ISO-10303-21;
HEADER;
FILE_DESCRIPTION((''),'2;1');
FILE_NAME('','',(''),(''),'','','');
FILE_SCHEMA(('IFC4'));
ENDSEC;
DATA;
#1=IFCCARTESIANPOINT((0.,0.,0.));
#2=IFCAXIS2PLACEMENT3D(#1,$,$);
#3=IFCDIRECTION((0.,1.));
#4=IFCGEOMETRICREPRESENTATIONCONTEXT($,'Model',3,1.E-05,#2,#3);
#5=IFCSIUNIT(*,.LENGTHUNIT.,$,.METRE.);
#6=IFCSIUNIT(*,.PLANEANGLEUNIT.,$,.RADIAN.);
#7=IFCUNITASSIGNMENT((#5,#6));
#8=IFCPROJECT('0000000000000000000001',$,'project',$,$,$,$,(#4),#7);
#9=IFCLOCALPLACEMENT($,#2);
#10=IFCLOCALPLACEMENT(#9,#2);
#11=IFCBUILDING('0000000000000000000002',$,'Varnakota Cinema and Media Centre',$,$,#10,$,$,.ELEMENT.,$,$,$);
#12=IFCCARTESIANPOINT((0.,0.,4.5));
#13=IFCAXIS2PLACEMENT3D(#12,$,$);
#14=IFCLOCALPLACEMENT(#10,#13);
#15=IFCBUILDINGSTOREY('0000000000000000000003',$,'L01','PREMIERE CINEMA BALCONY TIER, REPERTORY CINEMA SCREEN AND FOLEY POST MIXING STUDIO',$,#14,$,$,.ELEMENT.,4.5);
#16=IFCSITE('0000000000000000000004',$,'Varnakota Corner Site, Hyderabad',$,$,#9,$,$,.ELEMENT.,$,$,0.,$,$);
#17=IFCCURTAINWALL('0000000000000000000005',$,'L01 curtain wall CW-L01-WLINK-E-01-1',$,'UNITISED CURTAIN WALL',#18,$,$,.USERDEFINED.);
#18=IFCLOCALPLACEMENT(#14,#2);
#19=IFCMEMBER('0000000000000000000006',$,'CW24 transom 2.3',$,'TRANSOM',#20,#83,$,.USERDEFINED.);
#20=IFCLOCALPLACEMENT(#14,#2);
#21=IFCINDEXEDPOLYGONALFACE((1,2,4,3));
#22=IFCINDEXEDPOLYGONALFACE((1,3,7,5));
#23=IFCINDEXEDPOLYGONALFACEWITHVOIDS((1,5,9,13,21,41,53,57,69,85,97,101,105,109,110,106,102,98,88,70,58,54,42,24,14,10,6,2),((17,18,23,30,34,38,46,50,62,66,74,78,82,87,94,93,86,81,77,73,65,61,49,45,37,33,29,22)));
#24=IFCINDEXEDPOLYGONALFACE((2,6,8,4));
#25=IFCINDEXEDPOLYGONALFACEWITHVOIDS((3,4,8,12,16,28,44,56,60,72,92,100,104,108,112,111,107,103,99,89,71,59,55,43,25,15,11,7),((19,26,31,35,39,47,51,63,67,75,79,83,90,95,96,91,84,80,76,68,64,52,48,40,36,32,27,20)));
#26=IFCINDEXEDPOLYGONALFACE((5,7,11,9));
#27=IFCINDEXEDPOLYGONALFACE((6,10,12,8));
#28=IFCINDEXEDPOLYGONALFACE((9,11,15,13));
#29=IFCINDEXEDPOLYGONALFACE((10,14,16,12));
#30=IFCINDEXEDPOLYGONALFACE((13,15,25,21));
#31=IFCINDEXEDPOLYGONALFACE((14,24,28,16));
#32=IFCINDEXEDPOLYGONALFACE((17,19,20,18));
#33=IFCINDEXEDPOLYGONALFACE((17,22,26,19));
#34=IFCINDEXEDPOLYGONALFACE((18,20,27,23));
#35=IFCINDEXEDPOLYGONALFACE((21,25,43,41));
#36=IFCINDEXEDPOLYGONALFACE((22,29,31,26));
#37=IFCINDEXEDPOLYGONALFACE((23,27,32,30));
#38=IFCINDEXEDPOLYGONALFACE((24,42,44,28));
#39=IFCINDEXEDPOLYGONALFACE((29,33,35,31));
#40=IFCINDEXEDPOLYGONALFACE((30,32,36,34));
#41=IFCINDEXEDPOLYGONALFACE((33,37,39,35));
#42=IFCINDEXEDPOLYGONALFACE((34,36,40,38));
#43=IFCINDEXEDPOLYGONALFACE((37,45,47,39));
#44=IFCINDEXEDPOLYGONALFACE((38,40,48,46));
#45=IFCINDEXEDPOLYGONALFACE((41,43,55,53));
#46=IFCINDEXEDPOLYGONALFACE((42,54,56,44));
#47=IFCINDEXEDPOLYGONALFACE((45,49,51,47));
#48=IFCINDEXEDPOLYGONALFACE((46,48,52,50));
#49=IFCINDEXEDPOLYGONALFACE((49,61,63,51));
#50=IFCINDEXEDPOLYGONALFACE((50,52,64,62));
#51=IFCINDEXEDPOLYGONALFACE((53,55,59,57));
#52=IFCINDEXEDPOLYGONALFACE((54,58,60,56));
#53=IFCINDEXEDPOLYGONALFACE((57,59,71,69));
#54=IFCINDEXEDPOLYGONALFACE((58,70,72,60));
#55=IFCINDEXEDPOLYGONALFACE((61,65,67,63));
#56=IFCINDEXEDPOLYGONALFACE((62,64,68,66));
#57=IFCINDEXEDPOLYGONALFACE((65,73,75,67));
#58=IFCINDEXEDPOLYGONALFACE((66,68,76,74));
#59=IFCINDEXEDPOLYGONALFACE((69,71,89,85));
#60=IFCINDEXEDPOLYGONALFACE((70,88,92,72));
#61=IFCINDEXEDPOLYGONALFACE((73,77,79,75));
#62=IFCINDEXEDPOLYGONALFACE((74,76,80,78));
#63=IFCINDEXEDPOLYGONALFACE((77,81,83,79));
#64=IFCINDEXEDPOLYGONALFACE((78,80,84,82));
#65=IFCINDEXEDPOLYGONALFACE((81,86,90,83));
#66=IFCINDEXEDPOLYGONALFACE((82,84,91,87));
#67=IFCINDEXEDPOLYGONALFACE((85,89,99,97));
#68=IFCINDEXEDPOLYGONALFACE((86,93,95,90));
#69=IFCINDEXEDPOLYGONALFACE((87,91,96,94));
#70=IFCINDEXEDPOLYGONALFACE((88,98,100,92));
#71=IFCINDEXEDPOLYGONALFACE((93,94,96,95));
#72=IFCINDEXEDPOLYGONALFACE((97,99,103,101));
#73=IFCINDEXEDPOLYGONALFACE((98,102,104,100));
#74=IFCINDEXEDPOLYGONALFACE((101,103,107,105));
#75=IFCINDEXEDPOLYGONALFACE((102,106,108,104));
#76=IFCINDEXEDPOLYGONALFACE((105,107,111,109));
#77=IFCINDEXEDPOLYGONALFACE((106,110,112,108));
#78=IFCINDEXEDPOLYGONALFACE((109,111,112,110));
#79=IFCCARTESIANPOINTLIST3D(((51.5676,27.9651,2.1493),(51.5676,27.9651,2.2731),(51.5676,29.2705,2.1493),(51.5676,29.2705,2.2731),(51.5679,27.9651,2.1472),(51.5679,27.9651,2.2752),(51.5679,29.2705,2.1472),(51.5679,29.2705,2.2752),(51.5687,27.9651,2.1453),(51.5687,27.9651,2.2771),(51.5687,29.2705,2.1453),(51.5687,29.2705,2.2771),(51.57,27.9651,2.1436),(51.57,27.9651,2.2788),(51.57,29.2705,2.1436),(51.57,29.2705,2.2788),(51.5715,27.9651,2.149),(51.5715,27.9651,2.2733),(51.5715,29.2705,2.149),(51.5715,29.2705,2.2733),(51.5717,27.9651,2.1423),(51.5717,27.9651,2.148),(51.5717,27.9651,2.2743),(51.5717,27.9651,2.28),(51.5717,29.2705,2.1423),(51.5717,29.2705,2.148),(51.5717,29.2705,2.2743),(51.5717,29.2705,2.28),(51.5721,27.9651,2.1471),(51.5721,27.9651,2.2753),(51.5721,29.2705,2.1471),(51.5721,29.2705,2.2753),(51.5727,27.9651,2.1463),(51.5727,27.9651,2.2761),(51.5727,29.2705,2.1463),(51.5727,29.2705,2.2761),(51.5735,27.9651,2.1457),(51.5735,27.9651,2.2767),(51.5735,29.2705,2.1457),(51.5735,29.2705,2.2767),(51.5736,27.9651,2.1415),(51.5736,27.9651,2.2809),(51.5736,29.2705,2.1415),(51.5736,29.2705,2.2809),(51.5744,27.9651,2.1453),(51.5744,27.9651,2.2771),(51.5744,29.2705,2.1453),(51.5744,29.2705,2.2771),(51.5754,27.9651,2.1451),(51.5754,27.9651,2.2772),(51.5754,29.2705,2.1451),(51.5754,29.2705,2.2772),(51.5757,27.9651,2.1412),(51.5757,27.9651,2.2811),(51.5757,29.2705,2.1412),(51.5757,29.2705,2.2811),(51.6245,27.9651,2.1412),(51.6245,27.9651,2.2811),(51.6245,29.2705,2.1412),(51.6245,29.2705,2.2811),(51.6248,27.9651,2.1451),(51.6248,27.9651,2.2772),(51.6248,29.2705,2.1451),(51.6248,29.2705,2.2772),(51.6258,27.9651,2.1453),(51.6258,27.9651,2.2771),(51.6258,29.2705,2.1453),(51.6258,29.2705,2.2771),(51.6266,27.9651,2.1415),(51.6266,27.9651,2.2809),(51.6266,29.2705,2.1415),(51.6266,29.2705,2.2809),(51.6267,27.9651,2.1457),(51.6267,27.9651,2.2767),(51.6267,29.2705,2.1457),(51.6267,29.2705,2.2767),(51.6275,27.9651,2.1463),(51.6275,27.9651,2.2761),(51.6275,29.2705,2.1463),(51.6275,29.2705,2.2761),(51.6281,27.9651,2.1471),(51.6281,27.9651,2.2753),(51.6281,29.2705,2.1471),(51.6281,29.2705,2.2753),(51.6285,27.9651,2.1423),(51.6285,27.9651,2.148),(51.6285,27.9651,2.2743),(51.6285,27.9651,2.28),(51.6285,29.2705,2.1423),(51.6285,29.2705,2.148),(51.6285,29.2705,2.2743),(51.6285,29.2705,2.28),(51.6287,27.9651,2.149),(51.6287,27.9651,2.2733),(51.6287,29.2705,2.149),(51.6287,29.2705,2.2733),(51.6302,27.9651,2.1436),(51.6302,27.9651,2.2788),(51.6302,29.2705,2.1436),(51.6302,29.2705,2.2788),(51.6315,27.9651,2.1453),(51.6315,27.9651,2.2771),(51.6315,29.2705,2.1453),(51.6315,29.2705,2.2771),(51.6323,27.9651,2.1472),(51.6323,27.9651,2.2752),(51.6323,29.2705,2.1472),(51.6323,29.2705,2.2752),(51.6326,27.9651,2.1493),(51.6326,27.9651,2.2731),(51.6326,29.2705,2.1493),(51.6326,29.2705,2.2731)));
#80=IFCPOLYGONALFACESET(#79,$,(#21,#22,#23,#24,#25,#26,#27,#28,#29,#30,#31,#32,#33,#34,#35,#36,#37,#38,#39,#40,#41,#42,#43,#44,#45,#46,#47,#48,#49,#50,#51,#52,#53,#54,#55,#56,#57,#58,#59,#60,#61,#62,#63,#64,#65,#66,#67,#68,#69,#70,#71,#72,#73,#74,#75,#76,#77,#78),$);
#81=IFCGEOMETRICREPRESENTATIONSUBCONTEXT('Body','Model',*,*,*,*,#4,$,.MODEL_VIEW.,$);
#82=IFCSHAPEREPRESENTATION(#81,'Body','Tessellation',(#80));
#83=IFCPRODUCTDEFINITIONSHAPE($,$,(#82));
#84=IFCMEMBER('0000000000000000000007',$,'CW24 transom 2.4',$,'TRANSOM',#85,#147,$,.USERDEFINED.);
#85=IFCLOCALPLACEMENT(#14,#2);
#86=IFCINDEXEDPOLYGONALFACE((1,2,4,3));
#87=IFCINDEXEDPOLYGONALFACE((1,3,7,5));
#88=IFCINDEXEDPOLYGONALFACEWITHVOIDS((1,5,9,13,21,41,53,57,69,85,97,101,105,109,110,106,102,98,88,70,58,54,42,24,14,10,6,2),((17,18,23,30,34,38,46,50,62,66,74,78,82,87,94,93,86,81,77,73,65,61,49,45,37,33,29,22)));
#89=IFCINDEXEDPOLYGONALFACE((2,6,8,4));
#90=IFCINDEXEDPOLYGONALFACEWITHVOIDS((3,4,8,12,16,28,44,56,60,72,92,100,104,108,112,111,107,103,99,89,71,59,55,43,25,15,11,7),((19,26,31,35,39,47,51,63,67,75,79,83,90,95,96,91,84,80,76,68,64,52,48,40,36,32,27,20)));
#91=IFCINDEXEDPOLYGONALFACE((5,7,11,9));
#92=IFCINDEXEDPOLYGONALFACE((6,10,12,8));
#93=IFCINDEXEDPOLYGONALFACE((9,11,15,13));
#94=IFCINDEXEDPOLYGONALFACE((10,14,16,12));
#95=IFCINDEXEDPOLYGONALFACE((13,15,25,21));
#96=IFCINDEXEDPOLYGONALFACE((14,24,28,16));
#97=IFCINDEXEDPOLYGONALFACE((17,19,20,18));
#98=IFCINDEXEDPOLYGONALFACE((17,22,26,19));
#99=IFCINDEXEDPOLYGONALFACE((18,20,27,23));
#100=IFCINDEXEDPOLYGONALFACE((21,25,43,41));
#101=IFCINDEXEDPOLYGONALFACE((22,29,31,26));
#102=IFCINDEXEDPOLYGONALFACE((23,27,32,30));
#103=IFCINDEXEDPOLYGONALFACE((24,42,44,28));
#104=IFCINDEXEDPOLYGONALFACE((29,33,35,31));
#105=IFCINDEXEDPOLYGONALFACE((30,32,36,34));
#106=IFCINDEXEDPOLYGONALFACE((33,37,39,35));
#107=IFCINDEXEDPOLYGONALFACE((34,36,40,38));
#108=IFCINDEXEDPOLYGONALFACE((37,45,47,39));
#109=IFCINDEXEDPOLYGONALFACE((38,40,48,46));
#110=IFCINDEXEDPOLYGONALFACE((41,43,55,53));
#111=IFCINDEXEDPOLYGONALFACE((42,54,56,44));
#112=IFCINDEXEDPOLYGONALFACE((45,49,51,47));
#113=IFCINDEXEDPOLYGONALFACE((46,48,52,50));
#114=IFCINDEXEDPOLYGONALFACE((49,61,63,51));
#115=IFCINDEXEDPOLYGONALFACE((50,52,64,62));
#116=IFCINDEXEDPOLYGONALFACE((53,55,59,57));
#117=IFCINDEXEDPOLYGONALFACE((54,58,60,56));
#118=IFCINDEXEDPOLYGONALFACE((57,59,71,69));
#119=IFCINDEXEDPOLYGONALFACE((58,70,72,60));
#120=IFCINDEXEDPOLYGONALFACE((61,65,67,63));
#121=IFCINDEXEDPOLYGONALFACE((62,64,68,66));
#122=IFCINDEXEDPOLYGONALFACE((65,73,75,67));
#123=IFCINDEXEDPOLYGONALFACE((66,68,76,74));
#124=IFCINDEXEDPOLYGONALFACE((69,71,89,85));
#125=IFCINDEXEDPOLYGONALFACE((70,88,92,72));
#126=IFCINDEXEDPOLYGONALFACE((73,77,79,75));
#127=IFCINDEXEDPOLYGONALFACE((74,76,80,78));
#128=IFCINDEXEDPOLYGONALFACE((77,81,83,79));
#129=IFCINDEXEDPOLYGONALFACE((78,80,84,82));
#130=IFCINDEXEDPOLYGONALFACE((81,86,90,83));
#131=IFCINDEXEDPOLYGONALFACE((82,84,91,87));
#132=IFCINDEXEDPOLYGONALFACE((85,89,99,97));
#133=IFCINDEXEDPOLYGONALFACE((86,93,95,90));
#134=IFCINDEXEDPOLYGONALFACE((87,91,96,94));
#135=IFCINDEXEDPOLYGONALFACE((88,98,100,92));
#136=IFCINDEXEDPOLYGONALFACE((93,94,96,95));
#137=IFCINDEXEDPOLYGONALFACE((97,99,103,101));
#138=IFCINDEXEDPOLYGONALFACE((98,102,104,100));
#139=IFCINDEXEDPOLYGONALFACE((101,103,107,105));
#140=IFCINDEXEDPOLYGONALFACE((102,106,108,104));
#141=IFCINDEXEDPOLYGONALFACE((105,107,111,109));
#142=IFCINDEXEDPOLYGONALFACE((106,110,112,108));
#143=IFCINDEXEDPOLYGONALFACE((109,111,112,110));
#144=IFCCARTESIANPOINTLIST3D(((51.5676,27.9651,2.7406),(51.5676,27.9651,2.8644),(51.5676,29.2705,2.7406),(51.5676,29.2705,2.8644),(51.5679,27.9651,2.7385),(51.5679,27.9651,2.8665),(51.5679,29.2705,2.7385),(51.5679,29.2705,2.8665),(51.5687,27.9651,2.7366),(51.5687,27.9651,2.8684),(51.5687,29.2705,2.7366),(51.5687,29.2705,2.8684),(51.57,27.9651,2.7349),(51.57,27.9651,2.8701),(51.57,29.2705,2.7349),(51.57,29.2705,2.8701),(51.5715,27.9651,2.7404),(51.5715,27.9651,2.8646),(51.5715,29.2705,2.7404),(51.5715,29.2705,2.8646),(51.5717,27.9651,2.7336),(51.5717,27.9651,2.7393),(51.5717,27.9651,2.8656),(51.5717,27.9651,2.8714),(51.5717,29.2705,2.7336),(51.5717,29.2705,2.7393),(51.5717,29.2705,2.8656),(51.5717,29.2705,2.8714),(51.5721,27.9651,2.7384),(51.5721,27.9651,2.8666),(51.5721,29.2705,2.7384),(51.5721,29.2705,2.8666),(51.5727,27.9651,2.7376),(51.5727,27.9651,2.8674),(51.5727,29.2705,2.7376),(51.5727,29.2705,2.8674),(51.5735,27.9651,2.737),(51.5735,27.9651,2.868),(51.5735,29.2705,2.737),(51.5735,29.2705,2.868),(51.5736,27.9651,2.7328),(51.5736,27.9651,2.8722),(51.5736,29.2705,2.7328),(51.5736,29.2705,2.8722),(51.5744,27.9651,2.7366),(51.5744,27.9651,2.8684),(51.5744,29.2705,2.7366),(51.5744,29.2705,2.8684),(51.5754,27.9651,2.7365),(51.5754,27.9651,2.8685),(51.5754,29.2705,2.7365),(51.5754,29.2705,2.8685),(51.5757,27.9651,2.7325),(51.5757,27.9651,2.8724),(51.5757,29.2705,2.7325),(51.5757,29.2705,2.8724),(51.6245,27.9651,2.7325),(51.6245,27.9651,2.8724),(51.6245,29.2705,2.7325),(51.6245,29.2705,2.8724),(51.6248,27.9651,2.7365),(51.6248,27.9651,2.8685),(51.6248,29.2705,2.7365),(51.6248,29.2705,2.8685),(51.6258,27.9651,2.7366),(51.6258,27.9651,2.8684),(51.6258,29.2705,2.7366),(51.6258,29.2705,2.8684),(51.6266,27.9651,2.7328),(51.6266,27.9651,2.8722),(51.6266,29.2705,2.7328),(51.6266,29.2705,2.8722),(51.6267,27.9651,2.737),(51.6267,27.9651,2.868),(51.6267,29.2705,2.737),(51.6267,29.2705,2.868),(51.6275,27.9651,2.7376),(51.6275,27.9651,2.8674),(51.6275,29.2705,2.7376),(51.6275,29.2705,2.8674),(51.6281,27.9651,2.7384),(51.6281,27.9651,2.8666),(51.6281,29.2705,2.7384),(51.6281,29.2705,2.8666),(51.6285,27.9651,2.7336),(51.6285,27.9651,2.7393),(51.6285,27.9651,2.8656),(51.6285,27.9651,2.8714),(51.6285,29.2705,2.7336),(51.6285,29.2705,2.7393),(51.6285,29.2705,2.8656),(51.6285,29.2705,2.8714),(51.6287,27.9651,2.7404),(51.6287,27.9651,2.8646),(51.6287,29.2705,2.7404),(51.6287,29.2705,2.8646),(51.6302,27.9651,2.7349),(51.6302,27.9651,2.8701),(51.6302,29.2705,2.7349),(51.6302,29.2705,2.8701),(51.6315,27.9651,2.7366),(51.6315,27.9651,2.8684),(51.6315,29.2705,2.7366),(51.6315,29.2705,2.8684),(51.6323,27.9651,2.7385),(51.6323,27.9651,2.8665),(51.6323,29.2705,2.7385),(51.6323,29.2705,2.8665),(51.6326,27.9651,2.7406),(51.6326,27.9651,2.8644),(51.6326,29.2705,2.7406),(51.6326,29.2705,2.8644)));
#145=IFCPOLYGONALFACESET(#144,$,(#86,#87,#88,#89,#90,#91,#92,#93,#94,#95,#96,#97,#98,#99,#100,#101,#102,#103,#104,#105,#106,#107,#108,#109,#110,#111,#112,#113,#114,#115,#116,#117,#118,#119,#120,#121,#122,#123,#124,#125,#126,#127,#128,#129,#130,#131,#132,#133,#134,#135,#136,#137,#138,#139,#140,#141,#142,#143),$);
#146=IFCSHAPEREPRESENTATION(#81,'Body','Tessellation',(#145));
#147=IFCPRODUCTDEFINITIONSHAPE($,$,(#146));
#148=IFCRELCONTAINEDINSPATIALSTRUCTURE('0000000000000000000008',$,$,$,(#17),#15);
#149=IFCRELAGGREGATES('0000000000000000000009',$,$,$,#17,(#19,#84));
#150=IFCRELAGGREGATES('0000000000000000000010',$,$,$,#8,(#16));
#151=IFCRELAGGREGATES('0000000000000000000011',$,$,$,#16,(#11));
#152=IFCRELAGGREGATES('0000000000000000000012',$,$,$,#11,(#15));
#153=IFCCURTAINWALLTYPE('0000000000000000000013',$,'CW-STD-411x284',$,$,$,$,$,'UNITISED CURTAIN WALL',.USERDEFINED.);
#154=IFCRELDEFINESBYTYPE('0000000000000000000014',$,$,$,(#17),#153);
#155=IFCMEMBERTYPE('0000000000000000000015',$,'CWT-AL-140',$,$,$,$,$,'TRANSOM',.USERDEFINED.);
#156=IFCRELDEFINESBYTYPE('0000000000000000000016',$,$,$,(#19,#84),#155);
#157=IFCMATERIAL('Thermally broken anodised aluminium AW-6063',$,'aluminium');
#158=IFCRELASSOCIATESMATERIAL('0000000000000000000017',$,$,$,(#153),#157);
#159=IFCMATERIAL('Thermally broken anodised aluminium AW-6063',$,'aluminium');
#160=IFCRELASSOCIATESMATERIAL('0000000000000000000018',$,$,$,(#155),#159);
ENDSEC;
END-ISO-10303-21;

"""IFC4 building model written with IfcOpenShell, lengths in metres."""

from ifc_helpers import new_model, si_unit, direction, frame, origin, origin_2d, place, context, subcontext, project, spatial, hollow_rectangle, extrude, material, material_profile, profile_set, type_object, element, aggregate, save


model = new_model("IFC4")

# Units and contexts
model_context = context("Model", 3, precision=1e-05, world=origin(), true_north=direction((0.0, 1.0)))
body_context = subcontext(model_context, "Body", "Model", "MODEL_VIEW")
ifc_project = project(units=[si_unit("LENGTHUNIT", "METRE"), si_unit("PLANEANGLEUNIT", "RADIAN")], contexts=[model_context])

# Site, building, storey
site_placement = place(None, origin())
site = spatial("IfcSite", under=ifc_project, at=site_placement, Name="Varnakota Corner Site, Hyderabad", CompositionType="ELEMENT", RefElevation=0.0)
building_placement = place(site_placement, origin())
building = spatial("IfcBuilding", under=site, at=building_placement, Name="Varnakota Cinema and Media Centre", CompositionType="ELEMENT")
storey_placement = place(building_placement, frame((0.0, 0.0, 4.5)))
storey = spatial("IfcBuildingStorey", under=building, at=storey_placement, Name="L01", Description="PREMIERE CINEMA BALCONY TIER, REPERTORY CINEMA SCREEN AND FOLEY POST MIXING STUDIO", CompositionType="ELEMENT", Elevation=4.5)

# Curtain wall
ifc_material_1 = material(Name="Thermally broken anodised aluminium AW-6063", Category="aluminium")
curtain_wall_type_1 = type_object("IfcCurtainWallType", Name="CW-STD-411x284", ElementType="UNITISED CURTAIN WALL", PredefinedType="USERDEFINED", material=ifc_material_1)
curtain_wall_1_placement = place(storey_placement, origin())
curtain_wall_1 = element("IfcCurtainWall", 1, at=curtain_wall_1_placement, inside=storey, type_object=curtain_wall_type_1, Name="L01 curtain wall CW-L01-WLINK-E-01-1", ObjectType="UNITISED CURTAIN WALL", PredefinedType="USERDEFINED")

# Members
ifc_material_2 = material(Name="Thermally broken anodised aluminium AW-6063", Category="aluminium")
ifc_material_profile_1 = material_profile(ifc_material_2, hollow_rectangle(XDim=0.0649, YDim=0.1399, WallThickness=0.0039, InnerFilletRadius=0.0039, OuterFilletRadius=0.0081, at=origin_2d()), Name="AL-TRANSOM 140x65x4")
ifc_profile_set_1 = profile_set([ifc_material_profile_1], Name="Thermally broken anodised aluminium AW-6063")
member_type_1 = type_object("IfcMemberType", Name="CWT-AL-140", ElementType="TRANSOM", PredefinedType="USERDEFINED", material=ifc_profile_set_1)
member_1_placement = place(storey_placement, frame((51.6001, 27.9651, 2.2112), z_axis=(0.0, 1.0, 0.0), x_axis=(-1.0, 0.0, 0.0)))
member_1 = element("IfcMember", 2, at=member_1_placement, type_object=member_type_1, Name="CW24 transom 2.3", ObjectType="TRANSOM", PredefinedType="USERDEFINED", context=body_context, shape_type="SweptSolid", body=[
    extrude(hollow_rectangle(XDim=0.0649, YDim=0.1399, WallThickness=0.0039, InnerFilletRadius=0.0039, OuterFilletRadius=0.0081, at=origin_2d()), origin(), (0.0, 0.0, 1.0), 1.3054),
])
member_2_placement = place(storey_placement, frame((51.6001, 27.9651, 2.8025), z_axis=(0.0, 1.0, 0.0), x_axis=(-1.0, 0.0, 0.0)))
member_2 = element("IfcMember", 3, at=member_2_placement, type_object=member_type_1, Name="CW24 transom 2.4", ObjectType="TRANSOM", PredefinedType="USERDEFINED", context=body_context, shape_type="SweptSolid", body=[
    extrude(hollow_rectangle(XDim=0.0649, YDim=0.1399, WallThickness=0.0039, InnerFilletRadius=0.0039, OuterFilletRadius=0.0081, at=origin_2d()), origin(), (0.0, 0.0, 1.0), 1.3054),
])

aggregate(curtain_wall_1, [member_1, member_2])

save(model, "model.ifc")
